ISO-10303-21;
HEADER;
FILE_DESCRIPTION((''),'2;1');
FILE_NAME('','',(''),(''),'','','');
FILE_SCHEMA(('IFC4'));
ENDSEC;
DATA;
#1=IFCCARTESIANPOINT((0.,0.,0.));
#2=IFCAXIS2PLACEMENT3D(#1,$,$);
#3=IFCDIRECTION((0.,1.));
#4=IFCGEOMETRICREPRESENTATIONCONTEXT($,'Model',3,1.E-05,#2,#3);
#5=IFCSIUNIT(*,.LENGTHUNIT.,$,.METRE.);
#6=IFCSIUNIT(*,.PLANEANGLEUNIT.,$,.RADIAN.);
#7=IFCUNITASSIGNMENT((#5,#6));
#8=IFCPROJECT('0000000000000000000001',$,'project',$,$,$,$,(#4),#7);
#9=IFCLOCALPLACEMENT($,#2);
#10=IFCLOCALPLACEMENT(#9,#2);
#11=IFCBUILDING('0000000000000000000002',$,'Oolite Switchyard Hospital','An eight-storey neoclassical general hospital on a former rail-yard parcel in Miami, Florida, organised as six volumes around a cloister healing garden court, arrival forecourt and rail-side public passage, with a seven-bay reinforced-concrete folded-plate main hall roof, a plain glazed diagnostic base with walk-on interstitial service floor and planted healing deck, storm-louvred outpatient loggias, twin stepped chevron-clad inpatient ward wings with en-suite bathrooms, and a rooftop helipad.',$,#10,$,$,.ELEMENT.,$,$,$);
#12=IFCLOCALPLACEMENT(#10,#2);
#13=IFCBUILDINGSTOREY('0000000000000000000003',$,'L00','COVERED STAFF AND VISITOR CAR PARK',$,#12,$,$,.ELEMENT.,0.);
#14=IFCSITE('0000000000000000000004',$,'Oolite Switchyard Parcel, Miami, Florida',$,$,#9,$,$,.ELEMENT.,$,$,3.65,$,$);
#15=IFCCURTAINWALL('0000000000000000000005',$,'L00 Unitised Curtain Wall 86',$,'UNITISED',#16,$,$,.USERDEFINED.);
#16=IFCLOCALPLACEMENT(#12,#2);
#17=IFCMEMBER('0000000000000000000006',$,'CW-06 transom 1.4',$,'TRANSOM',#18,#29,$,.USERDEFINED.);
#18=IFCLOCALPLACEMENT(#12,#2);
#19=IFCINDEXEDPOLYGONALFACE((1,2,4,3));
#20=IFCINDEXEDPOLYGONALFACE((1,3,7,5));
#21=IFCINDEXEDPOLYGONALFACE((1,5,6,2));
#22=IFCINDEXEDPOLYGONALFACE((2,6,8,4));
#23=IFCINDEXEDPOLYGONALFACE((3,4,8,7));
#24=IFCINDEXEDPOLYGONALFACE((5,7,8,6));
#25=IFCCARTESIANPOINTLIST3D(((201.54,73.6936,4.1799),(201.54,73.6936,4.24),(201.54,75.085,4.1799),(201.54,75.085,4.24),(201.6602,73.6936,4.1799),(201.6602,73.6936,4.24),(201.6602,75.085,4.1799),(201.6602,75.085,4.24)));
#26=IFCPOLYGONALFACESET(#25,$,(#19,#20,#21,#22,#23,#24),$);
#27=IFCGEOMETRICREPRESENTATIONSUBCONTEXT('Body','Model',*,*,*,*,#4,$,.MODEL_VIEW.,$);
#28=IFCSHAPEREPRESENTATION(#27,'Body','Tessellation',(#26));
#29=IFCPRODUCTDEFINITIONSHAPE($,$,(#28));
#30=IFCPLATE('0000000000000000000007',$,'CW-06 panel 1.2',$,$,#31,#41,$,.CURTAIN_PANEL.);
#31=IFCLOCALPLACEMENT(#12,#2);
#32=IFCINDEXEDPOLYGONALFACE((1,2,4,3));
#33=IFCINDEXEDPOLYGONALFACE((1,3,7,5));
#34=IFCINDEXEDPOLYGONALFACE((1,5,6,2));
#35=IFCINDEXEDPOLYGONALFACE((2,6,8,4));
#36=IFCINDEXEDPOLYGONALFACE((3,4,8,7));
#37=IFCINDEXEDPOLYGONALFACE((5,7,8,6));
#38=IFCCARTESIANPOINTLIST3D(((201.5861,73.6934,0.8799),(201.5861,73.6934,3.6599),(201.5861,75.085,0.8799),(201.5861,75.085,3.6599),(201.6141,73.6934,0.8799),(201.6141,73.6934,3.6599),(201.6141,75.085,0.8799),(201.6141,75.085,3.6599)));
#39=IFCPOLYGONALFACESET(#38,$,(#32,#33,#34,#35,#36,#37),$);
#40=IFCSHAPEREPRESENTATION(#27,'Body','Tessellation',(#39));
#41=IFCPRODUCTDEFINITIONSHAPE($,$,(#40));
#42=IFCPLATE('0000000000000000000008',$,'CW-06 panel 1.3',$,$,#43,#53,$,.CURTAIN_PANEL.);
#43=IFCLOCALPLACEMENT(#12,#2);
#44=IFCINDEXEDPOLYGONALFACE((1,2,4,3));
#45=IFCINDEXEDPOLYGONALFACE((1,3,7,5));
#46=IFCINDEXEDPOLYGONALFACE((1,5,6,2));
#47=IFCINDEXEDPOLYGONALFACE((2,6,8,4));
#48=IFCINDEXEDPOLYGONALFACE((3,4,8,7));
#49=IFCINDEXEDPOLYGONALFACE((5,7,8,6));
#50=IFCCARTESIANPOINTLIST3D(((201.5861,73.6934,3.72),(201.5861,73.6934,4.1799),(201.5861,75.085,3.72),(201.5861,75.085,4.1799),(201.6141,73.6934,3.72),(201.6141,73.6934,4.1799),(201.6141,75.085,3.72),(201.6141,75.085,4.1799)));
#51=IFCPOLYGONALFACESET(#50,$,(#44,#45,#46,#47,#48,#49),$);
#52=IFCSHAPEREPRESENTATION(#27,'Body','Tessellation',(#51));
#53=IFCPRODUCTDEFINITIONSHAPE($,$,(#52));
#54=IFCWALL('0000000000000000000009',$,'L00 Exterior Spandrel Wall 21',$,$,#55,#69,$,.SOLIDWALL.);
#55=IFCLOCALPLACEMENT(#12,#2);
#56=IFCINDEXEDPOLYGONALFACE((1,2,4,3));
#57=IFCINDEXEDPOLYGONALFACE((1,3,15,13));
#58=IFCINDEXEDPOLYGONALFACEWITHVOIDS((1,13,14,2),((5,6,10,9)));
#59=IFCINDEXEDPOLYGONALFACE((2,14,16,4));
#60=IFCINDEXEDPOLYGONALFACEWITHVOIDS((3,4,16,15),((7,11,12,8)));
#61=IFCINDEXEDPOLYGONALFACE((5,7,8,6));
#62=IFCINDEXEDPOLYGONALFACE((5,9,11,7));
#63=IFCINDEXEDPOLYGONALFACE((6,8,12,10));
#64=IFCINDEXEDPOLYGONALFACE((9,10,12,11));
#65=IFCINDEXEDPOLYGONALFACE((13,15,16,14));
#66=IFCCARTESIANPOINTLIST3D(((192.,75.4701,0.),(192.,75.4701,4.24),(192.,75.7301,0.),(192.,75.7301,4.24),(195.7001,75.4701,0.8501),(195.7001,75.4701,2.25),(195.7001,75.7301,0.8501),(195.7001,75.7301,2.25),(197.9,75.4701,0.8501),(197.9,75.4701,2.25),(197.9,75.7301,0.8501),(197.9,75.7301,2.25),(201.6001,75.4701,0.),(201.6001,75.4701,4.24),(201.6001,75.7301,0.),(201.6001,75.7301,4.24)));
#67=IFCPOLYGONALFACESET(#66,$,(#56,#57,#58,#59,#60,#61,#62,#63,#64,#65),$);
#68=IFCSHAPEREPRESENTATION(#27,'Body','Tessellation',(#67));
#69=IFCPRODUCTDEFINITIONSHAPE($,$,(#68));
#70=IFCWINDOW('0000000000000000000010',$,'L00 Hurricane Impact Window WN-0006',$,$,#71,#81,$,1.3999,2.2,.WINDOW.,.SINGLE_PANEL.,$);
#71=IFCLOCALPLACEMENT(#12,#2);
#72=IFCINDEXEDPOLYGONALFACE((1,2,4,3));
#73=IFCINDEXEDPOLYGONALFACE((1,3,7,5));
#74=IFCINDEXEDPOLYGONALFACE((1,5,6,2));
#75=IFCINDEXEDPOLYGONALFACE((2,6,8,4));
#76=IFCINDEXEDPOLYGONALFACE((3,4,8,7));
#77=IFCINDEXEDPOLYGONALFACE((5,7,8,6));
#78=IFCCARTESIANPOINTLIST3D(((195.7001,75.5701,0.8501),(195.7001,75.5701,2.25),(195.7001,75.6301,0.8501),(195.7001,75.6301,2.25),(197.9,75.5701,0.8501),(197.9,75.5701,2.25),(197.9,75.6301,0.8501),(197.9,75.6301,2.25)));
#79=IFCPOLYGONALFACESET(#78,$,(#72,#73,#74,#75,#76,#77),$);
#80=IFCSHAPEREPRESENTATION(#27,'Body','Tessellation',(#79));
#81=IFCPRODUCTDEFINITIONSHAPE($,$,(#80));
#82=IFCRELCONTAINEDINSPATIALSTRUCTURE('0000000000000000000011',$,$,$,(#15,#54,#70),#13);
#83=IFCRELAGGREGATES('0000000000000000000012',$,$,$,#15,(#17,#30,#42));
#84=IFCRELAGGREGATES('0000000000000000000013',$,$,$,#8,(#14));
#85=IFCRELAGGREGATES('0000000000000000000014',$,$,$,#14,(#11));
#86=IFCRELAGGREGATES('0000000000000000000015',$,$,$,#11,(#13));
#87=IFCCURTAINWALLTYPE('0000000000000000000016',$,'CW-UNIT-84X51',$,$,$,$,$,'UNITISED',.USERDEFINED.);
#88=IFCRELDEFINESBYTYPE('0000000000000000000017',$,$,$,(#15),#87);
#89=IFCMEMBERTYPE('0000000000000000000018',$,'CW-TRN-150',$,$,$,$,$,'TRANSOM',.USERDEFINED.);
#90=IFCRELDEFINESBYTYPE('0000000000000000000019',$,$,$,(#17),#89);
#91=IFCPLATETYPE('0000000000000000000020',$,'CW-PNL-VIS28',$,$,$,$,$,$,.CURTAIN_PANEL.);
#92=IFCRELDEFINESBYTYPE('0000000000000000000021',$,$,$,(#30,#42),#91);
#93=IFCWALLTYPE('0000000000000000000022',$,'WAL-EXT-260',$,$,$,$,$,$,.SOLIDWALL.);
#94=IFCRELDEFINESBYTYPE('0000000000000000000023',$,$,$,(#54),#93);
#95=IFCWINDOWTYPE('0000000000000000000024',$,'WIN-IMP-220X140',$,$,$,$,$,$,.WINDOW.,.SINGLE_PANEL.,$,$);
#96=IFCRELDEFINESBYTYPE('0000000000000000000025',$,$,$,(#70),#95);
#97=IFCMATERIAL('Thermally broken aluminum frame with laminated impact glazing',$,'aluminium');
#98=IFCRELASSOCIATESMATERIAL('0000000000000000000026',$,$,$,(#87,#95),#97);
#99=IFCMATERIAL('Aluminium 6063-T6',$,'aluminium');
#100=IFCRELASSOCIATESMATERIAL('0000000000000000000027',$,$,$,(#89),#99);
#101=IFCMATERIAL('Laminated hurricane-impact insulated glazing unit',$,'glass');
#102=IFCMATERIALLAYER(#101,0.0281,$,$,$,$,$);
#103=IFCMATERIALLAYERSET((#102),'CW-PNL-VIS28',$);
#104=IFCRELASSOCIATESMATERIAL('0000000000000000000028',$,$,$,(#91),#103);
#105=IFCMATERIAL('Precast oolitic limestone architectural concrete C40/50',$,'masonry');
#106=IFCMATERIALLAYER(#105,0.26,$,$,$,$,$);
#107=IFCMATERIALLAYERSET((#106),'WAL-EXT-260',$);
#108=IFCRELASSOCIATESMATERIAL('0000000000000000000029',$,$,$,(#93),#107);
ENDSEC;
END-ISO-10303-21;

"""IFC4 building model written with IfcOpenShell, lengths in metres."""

from ifc_helpers import new_model, si_unit, direction, frame, frame_2d, origin, origin_2d, place, context, subcontext, project, spatial, rectangle, extrude, material, layer, layer_set, material_profile, profile_set, type_object, element, fill, aggregate, save


model = new_model("IFC4")

# Units and contexts
model_context = context("Model", 3, precision=1e-05, world=origin(), true_north=direction((0.0, 1.0)))
body_context = subcontext(model_context, "Body", "Model", "MODEL_VIEW")
ifc_project = project(units=[si_unit("LENGTHUNIT", "METRE"), si_unit("PLANEANGLEUNIT", "RADIAN")], contexts=[model_context])

# Site, building, storey
site_placement = place(None, origin())
site = spatial("IfcSite", under=ifc_project, at=site_placement, Name="Oolite Switchyard Parcel, Miami, Florida", CompositionType="ELEMENT", RefElevation=3.65)
building_placement = place(site_placement, origin())
building = spatial("IfcBuilding", under=site, at=building_placement, Name="Oolite Switchyard Hospital", Description="An eight-storey neoclassical general hospital on a former rail-yard parcel in Miami, Florida, organised as six volumes around a cloister healing garden court, arrival forecourt and rail-side public passage, with a seven-bay reinforced-concrete folded-plate main hall roof, a plain glazed diagnostic base with walk-on interstitial service floor and planted healing deck, storm-louvred outpatient loggias, twin stepped chevron-clad inpatient ward wings with en-suite bathrooms, and a rooftop helipad.", CompositionType="ELEMENT")
storey_placement = place(building_placement, origin())
storey = spatial("IfcBuildingStorey", under=building, at=storey_placement, Name="L00", Description="COVERED STAFF AND VISITOR CAR PARK", CompositionType="ELEMENT", Elevation=0.0)

# Shared definitions
ifc_material_1 = material(Name="Thermally broken aluminum frame with laminated impact glazing", Category="aluminium")
ifc_material_2 = material(Name="Aluminium 6063-T6", Category="aluminium")

# Curtain wall, member, plates
curtain_wall_type_1 = type_object("IfcCurtainWallType", Name="CW-UNIT-84X51", ElementType="UNITISED", PredefinedType="USERDEFINED", material=ifc_material_1)
curtain_wall_1_placement = place(storey_placement, origin())
curtain_wall_1 = element("IfcCurtainWall", 1, at=curtain_wall_1_placement, inside=storey, type_object=curtain_wall_type_1, Name="L00 Unitised Curtain Wall 86", ObjectType="UNITISED", PredefinedType="USERDEFINED")
ifc_material_profile_1 = material_profile(ifc_material_2, rectangle(XDim=0.1201, YDim=0.0601, at=origin_2d()), Name="CWT60X120")
ifc_profile_set_1 = profile_set([ifc_material_profile_1], Name="Aluminium 6063-T6")
member_type_1 = type_object("IfcMemberType", Name="CW-TRN-150", ElementType="TRANSOM", PredefinedType="USERDEFINED", material=ifc_profile_set_1)
member_1_placement = place(storey_placement, frame((201.6001, 75.085, 4.21), z_axis=(0.0, -1.0, 0.0), x_axis=(1.0, 0.0, 0.0)))
member_1 = element("IfcMember", 2, at=member_1_placement, type_object=member_type_1, Name="CW-06 transom 1.4", ObjectType="TRANSOM", PredefinedType="USERDEFINED", context=body_context, shape_type="SweptSolid", body=[
    extrude(rectangle(XDim=0.1201, YDim=0.0601, at=origin_2d()), origin(), (0.0, 0.0, 1.0), 1.3914),
])
ifc_material_3 = material(Name="Laminated hurricane-impact insulated glazing unit", Category="glass")
ifc_layer_1 = layer(ifc_material_3, 0.0281)
ifc_layer_set_1 = layer_set([ifc_layer_1], Name="CW-PNL-VIS28")
plate_type = type_object("IfcPlateType", Name="CW-PNL-VIS28", PredefinedType="CURTAIN_PANEL", material=ifc_layer_set_1)
plate_1_placement = place(storey_placement, frame((201.6001, 74.3892, 0.8799), z_axis=(0.0, 0.0, 1.0), x_axis=(0.0, -1.0, 0.0)))
plate_1 = element("IfcPlate", 3, at=plate_1_placement, type_object=plate_type, Name="CW-06 panel 1.2", PredefinedType="CURTAIN_PANEL", context=body_context, shape_type="SweptSolid", body=[
    extrude(rectangle(XDim=1.3916, YDim=0.0281, at=origin_2d()), origin(), (0.0, 0.0, 1.0), 2.78),
])
plate_2_placement = place(storey_placement, frame((201.6001, 74.3892, 3.72), z_axis=(0.0, 0.0, 1.0), x_axis=(0.0, -1.0, 0.0)))
plate_2 = element("IfcPlate", 4, at=plate_2_placement, type_object=plate_type, Name="CW-06 panel 1.3", PredefinedType="CURTAIN_PANEL", context=body_context, shape_type="SweptSolid", body=[
    extrude(rectangle(XDim=1.3916, YDim=0.0281, at=origin_2d()), origin(), (0.0, 0.0, 1.0), 0.46),
])
aggregate(curtain_wall_1, [member_1, plate_1, plate_2])

# Wall, opening, window
ifc_material_4 = material(Name="Precast oolitic limestone architectural concrete C40/50", Category="masonry")
ifc_layer_2 = layer(ifc_material_4, 0.26)
ifc_layer_set_2 = layer_set([ifc_layer_2], Name="WAL-EXT-260")
wall_type = type_object("IfcWallType", Name="WAL-EXT-260", PredefinedType="SOLIDWALL", material=ifc_layer_set_2)
wall_placement = place(storey_placement, frame((192.0, 75.6001, 0.0), z_axis=(0.0, 0.0, 1.0), x_axis=(1.0, 0.0, 0.0)))
wall = element("IfcWall", 5, at=wall_placement, inside=storey, type_object=wall_type, Name="L00 Exterior Spandrel Wall 21", PredefinedType="SOLIDWALL", context=body_context, shape_type="SweptSolid", body=[
    extrude(rectangle(XDim=9.6001, YDim=0.26, at=frame_2d((4.8, 0.0))), origin(), (0.0, 0.0, 1.0), 4.24),
])
opening_placement = place(wall_placement, frame((3.7, 0.0, 0.8501)))
opening = element("IfcOpeningElement", 6, at=opening_placement, cuts=wall, PredefinedType="OPENING", context=body_context, shape_type="SweptSolid", body=[
    extrude(rectangle(XDim=2.2, YDim=1.3999, at=frame_2d((1.1001, 0.7))), frame((0.0, 0.1401, 0.0), z_axis=(0.0, -1.0, 0.0), x_axis=(1.0, 0.0, 0.0)), (0.0, 0.0, 1.0), 0.28),
])
window_type = type_object("IfcWindowType", Name="WIN-IMP-220X140", PartitioningType="SINGLE_PANEL", PredefinedType="WINDOW", material=ifc_material_1)
window_placement = place(opening_placement, origin())
window = element("IfcWindow", 7, at=window_placement, inside=storey, type_object=window_type, Name="L00 Hurricane Impact Window WN-0006", OverallHeight=1.3999, OverallWidth=2.2, PartitioningType="SINGLE_PANEL", PredefinedType="WINDOW", context=body_context, shape_type="SweptSolid", body=[
    extrude(rectangle(XDim=2.2, YDim=1.3999, at=frame_2d((1.1001, 0.7))), frame((0.0, 0.03, 0.0), z_axis=(0.0, -1.0, 0.0), x_axis=(1.0, 0.0, 0.0)), (0.0, 0.0, 1.0), 0.0601),
])
fill(opening, window)

save(model, "model.ifc")
